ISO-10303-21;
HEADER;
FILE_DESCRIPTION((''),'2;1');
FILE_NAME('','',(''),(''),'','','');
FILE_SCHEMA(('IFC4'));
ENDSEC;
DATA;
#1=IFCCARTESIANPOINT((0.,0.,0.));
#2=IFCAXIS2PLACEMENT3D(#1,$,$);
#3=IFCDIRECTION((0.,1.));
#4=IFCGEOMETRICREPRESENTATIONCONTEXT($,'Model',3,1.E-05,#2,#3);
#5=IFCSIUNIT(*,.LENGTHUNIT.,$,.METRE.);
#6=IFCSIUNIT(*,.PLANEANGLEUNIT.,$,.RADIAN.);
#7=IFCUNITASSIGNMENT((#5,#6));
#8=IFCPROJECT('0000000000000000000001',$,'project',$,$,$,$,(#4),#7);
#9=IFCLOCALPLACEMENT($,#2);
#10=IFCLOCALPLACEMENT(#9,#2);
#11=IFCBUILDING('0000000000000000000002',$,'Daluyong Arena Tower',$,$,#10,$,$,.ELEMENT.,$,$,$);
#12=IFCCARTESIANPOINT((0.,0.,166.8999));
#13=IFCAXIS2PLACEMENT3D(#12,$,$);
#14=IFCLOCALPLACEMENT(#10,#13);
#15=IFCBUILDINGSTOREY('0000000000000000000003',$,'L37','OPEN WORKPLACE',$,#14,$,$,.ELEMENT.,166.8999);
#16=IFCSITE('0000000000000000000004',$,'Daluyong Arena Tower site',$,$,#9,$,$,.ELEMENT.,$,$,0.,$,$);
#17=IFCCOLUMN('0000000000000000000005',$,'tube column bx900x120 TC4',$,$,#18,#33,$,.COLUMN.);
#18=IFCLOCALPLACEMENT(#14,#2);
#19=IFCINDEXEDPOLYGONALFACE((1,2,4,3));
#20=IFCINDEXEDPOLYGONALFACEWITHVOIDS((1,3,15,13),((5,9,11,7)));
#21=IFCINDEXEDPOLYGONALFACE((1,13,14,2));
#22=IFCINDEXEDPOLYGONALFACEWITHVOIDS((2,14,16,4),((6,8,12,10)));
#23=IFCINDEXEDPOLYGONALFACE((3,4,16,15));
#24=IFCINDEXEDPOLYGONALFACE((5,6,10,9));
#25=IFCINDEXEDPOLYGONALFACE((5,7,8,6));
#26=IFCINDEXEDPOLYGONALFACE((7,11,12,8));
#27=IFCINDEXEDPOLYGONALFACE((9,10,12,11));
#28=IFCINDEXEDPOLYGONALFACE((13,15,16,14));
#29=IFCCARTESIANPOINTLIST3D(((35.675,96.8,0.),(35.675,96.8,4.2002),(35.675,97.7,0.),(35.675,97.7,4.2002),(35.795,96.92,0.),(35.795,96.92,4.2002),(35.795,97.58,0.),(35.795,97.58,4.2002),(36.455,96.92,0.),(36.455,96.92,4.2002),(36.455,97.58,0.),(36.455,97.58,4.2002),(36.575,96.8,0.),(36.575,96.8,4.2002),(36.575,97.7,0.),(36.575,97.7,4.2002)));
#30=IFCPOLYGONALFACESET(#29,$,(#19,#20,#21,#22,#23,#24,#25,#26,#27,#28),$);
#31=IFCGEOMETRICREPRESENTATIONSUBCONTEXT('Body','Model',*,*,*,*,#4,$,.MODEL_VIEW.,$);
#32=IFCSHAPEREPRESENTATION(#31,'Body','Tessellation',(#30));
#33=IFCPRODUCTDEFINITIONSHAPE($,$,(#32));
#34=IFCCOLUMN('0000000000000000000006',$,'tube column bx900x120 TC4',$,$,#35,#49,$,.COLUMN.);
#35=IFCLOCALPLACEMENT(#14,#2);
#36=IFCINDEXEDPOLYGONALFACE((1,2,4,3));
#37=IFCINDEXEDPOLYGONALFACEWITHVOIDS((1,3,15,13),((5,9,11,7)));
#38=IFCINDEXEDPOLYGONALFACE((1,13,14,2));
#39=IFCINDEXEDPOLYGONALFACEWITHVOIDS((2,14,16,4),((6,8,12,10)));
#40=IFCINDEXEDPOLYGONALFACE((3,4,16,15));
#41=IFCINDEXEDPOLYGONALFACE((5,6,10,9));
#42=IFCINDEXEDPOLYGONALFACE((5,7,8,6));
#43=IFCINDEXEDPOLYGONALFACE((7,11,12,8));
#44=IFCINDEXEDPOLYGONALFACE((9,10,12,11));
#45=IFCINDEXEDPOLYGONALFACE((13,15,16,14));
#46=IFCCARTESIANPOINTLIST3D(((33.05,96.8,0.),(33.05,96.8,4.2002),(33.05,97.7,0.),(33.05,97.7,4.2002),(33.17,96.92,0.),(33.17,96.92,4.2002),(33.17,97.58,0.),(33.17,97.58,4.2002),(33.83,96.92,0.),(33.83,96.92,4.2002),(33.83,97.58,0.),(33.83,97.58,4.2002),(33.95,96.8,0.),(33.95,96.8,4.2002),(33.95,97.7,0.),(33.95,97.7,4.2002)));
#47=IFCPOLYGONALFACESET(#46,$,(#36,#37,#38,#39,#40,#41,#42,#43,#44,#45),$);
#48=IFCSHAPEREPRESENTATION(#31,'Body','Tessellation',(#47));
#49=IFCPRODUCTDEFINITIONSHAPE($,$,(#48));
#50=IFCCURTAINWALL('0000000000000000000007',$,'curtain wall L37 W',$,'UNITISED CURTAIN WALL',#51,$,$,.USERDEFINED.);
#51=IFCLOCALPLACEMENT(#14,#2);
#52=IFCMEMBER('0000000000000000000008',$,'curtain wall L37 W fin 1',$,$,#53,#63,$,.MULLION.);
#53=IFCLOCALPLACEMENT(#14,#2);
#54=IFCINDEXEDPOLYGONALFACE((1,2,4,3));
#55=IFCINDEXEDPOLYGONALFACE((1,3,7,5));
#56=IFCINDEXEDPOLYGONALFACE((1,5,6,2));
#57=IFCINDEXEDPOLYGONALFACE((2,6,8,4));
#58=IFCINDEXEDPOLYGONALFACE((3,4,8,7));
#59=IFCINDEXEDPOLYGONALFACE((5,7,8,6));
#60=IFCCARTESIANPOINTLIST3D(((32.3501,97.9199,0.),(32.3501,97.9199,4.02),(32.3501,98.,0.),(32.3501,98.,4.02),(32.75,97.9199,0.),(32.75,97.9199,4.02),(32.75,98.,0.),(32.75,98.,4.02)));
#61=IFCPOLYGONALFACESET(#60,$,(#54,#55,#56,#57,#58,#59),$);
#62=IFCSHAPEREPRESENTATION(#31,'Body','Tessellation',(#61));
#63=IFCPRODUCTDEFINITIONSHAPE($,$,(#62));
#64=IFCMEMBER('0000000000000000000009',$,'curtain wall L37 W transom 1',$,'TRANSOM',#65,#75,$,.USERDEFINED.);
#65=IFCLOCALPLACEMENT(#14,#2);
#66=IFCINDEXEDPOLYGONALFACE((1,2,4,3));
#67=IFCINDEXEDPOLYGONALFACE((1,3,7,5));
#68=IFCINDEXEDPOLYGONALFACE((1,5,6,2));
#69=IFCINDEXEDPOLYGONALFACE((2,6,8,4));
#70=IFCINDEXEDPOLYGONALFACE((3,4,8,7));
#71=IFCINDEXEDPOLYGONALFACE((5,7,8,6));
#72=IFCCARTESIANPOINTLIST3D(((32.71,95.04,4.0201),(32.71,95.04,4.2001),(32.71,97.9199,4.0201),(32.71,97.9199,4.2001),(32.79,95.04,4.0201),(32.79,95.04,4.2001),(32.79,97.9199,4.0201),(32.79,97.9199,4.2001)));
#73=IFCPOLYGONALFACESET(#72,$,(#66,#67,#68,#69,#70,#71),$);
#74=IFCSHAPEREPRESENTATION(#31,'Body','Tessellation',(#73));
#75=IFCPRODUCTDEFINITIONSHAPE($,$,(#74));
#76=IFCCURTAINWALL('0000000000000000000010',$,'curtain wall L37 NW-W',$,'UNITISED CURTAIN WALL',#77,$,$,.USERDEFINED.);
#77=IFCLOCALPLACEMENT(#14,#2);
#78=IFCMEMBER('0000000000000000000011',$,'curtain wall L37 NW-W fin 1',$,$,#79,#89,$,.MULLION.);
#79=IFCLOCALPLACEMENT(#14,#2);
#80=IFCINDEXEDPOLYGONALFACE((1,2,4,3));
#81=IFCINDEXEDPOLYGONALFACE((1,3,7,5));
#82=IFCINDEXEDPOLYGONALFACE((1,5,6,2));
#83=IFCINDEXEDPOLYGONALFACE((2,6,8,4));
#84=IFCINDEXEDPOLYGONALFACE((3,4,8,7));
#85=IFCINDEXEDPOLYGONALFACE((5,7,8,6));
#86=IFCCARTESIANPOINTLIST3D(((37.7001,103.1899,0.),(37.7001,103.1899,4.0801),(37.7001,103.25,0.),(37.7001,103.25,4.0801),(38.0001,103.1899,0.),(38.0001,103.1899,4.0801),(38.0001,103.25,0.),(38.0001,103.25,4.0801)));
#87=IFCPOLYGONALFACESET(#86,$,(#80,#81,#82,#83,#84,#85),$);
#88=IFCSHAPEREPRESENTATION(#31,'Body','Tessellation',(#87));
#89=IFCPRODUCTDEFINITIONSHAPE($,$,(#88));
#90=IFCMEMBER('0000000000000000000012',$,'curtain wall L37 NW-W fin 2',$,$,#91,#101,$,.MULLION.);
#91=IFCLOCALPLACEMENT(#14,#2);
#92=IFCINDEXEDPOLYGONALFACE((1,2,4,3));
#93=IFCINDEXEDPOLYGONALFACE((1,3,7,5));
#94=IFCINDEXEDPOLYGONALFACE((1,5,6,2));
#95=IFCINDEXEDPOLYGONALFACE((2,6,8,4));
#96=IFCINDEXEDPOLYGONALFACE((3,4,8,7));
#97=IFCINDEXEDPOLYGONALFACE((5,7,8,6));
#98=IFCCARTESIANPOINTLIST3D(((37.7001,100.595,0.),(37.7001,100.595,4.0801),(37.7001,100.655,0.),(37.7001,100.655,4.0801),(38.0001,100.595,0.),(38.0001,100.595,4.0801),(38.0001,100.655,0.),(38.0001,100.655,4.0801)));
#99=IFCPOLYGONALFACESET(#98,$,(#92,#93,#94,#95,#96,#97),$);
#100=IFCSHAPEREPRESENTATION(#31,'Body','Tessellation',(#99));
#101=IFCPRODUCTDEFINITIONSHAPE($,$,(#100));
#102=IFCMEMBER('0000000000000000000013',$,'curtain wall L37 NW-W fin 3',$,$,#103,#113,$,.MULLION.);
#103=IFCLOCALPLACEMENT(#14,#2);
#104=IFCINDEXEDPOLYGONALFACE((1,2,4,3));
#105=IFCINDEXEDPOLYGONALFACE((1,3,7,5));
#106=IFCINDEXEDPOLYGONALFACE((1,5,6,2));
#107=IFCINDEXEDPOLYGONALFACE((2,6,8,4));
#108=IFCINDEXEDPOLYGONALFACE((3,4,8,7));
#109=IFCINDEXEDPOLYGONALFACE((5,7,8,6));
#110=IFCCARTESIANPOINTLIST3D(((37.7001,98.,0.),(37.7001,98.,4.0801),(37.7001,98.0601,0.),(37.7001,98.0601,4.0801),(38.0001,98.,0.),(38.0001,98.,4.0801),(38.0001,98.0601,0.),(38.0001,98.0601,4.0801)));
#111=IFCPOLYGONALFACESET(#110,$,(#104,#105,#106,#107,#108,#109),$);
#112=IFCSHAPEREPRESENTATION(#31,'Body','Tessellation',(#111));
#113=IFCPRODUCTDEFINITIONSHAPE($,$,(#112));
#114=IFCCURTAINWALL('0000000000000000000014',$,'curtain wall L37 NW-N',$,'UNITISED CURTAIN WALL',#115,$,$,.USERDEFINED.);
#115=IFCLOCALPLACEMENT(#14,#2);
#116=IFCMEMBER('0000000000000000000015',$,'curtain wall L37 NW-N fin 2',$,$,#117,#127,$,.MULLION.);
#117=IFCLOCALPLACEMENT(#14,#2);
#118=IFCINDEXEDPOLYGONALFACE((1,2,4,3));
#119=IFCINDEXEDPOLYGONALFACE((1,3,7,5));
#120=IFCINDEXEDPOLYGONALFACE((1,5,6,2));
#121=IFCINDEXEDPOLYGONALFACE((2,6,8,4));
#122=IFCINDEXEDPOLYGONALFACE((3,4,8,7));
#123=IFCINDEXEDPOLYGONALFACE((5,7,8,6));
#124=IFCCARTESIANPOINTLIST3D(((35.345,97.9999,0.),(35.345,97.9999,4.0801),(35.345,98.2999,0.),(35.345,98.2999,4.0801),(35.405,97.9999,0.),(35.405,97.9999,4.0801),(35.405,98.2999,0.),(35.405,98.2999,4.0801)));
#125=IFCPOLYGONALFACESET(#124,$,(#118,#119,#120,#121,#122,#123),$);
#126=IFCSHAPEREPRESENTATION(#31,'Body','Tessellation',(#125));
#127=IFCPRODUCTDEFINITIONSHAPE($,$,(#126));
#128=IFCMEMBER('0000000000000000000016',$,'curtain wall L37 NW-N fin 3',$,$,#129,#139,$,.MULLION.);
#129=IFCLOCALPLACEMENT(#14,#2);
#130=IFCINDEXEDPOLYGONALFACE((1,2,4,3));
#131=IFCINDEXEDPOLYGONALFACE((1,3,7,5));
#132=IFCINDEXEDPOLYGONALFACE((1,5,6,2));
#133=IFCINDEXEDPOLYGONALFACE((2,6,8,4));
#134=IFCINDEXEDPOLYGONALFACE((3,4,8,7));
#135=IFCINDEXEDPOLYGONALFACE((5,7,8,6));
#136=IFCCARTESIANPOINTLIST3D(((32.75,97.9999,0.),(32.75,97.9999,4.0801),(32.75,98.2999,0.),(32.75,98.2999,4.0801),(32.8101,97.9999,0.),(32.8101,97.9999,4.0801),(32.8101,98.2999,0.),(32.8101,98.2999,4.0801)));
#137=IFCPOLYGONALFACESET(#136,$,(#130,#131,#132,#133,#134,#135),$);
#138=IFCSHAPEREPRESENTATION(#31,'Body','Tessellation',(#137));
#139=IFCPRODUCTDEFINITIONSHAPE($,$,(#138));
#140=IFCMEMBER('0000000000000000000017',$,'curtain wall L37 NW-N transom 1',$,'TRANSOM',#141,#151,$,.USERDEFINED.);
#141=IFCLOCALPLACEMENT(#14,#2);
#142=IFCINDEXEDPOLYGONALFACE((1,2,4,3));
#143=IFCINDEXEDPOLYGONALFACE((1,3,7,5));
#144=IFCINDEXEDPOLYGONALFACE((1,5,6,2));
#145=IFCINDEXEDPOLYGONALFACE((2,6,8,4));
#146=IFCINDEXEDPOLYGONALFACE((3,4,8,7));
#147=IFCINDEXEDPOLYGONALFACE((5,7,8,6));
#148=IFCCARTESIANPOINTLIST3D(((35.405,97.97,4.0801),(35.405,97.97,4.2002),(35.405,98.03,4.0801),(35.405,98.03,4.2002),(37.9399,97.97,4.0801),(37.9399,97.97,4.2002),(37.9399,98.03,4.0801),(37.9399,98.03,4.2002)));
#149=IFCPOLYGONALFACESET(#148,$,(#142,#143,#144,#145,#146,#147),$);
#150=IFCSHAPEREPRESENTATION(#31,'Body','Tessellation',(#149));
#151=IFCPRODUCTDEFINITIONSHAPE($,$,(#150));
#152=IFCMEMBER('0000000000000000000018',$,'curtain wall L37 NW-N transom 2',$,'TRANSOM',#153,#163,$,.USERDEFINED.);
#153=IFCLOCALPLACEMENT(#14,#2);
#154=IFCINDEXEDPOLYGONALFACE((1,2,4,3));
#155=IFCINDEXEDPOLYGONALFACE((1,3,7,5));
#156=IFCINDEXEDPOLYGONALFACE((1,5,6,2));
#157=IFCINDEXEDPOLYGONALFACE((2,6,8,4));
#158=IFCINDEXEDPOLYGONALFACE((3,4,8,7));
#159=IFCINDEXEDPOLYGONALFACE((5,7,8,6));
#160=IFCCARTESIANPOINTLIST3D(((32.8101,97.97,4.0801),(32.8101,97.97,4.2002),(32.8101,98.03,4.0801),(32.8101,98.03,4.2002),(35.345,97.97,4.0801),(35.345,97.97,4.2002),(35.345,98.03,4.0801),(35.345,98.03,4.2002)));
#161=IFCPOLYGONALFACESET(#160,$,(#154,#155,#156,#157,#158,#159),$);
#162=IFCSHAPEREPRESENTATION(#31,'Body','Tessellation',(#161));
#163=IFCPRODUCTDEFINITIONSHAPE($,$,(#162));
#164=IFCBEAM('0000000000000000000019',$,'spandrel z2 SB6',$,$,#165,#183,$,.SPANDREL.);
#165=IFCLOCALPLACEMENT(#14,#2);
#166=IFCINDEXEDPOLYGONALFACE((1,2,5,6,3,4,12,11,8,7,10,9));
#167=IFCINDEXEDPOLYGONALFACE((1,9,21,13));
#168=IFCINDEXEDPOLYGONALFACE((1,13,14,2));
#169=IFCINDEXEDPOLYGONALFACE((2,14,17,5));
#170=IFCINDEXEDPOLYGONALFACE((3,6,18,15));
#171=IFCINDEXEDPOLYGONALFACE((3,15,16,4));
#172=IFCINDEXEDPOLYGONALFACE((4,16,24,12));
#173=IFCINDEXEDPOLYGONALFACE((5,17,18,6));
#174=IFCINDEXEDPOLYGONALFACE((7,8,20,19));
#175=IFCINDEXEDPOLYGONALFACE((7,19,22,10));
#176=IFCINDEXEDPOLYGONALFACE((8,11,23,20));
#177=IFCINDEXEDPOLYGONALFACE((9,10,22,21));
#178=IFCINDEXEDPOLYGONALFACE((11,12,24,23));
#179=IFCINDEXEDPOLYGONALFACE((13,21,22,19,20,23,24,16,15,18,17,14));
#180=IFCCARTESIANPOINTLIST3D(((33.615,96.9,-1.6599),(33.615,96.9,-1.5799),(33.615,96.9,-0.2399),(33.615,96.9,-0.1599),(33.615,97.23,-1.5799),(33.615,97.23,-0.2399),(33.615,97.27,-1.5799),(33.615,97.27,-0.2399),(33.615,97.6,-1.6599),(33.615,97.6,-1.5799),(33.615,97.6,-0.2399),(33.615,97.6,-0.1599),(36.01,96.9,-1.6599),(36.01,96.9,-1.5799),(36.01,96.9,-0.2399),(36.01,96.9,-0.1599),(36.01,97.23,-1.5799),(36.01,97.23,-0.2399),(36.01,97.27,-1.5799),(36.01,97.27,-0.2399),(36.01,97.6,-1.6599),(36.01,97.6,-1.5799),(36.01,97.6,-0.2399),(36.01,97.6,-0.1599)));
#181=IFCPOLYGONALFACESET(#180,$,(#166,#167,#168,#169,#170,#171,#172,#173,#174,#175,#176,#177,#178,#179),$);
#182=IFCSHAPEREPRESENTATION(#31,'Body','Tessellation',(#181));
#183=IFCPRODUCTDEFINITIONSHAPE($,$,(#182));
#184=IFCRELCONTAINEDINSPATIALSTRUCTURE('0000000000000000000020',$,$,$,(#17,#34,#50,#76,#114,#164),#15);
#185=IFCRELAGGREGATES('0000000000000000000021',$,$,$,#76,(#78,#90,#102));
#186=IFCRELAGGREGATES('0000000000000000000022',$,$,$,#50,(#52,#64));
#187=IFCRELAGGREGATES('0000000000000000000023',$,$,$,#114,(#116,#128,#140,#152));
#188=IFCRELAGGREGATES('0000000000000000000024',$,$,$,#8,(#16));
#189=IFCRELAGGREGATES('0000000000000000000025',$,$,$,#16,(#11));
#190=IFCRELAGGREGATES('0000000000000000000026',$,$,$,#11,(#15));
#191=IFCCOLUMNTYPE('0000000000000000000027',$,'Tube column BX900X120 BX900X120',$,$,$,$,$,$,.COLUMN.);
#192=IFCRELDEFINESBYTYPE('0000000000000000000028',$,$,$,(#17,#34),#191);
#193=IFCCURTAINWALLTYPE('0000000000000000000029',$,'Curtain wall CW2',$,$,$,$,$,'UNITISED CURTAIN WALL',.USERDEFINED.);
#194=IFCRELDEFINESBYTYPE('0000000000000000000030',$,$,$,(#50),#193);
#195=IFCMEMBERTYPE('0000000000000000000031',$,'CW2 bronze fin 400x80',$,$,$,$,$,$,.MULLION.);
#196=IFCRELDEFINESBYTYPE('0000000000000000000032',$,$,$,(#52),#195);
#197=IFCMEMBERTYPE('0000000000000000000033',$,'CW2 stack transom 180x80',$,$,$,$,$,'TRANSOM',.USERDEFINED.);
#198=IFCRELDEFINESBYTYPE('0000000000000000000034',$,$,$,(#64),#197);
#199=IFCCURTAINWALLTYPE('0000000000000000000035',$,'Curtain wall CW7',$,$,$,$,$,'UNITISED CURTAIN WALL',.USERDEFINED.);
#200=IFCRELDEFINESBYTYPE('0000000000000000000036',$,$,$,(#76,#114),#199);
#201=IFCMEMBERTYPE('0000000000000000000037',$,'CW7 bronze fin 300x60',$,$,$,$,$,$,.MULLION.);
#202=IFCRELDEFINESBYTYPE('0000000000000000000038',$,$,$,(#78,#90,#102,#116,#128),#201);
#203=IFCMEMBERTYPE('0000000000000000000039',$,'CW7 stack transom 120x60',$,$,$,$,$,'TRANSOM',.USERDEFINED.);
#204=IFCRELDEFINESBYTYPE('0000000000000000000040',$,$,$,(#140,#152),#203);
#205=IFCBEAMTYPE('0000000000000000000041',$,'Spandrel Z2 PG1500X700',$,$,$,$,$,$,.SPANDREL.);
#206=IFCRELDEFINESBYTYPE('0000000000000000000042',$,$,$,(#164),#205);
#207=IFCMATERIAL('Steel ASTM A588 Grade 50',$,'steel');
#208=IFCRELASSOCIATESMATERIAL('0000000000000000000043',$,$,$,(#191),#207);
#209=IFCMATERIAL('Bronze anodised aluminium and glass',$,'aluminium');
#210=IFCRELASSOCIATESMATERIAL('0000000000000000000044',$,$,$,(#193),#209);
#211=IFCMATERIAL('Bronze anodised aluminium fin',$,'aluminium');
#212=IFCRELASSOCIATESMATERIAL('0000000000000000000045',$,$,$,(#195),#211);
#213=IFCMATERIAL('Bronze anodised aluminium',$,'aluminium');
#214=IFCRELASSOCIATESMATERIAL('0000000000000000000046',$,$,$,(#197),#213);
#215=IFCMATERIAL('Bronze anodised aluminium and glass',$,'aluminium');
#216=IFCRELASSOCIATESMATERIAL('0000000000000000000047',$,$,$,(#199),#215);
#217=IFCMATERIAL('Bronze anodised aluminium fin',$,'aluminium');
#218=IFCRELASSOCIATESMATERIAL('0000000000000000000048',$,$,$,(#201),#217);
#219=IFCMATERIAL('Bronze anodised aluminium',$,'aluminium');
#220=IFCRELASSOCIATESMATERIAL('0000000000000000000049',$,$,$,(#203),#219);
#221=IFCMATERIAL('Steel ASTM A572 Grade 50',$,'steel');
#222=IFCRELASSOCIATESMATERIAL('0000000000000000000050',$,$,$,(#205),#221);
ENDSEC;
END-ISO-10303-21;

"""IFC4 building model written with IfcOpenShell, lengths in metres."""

from ifc_helpers import new_model, si_unit, direction, frame, origin, origin_2d, place, context, subcontext, project, spatial, rectangle, hollow_rectangle, i_section, extrude, material, material_profile, profile_set, type_object, element, aggregate, save


model = new_model("IFC4")

# Units and contexts
model_context = context("Model", 3, precision=1e-05, world=origin(), true_north=direction((0.0, 1.0)))
body_context = subcontext(model_context, "Body", "Model", "MODEL_VIEW")
ifc_project = project(units=[si_unit("LENGTHUNIT", "METRE"), si_unit("PLANEANGLEUNIT", "RADIAN")], contexts=[model_context])

# Site, building, storey
site_placement = place(None, origin())
site = spatial("IfcSite", under=ifc_project, at=site_placement, Name="Daluyong Arena Tower site", CompositionType="ELEMENT", RefElevation=0.0)
building_placement = place(site_placement, origin())
building = spatial("IfcBuilding", under=site, at=building_placement, Name="Daluyong Arena Tower", CompositionType="ELEMENT")
storey_placement = place(building_placement, frame((0.0, 0.0, 166.8999)))
storey = spatial("IfcBuildingStorey", under=building, at=storey_placement, Name="L37", Description="OPEN WORKPLACE", CompositionType="ELEMENT", Elevation=166.8999)

# Columns
ifc_material_1 = material(Name="Steel ASTM A588 Grade 50", Category="steel")
ifc_material_profile_1 = material_profile(ifc_material_1, hollow_rectangle(XDim=0.8999, YDim=0.8999, WallThickness=0.12, at=origin_2d()))
ifc_profile_set_1 = profile_set([ifc_material_profile_1], Name="Steel ASTM A588 Grade 50")
column_type = type_object("IfcColumnType", Name="Tube column BX900X120 BX900X120", PredefinedType="COLUMN", material=ifc_profile_set_1)
for number, where, z_axis, x_axis, name in (
    (1, (36.125, 97.25, 0.0), (0.0, 0.0, 1.0), (1.0, 0.0, 0.0), "tube column bx900x120 TC4"),
    (2, (33.5, 97.25, 0.0), (0.0, 0.0, 1.0), (0.0, 1.0, 0.0), "tube column bx900x120 TC4"),
):
    element("IfcColumn", number, at=place(storey_placement, frame(where, z_axis=z_axis, x_axis=x_axis)), inside=storey, type_object=column_type, Name=name, PredefinedType="COLUMN", context=body_context, shape_type="SweptSolid", body=[
        extrude(hollow_rectangle(XDim=0.8999, YDim=0.8999, WallThickness=0.12, at=origin_2d()), origin(), (0.0, 0.0, 1.0), 4.2002),
    ])

# Curtain walls, members
ifc_material_2 = material(Name="Bronze anodised aluminium and glass", Category="aluminium")
curtain_wall_type_1 = type_object("IfcCurtainWallType", Name="Curtain wall CW2", ElementType="UNITISED CURTAIN WALL", PredefinedType="USERDEFINED", material=ifc_material_2)
curtain_wall_1_placement = place(storey_placement, origin())
curtain_wall_1 = element("IfcCurtainWall", 3, at=curtain_wall_1_placement, inside=storey, type_object=curtain_wall_type_1, Name="curtain wall L37 W", ObjectType="UNITISED CURTAIN WALL", PredefinedType="USERDEFINED")
ifc_material_3 = material(Name="Bronze anodised aluminium fin", Category="aluminium")
ifc_material_profile_2 = material_profile(ifc_material_3, rectangle(XDim=0.3999, YDim=0.0801, at=origin_2d()))
ifc_profile_set_2 = profile_set([ifc_material_profile_2], Name="Bronze anodised aluminium fin")
member_type_1 = type_object("IfcMemberType", Name="CW2 bronze fin 400x80", PredefinedType="MULLION", material=ifc_profile_set_2)
member_1_placement = place(storey_placement, frame((32.55, 97.96, 0.0), z_axis=(0.0, 0.0, 1.0), x_axis=(1.0, 0.0, 0.0)))
member_1 = element("IfcMember", 4, at=member_1_placement, type_object=member_type_1, Name="curtain wall L37 W fin 1", PredefinedType="MULLION", context=body_context, shape_type="SweptSolid", body=[
    extrude(rectangle(XDim=0.3999, YDim=0.0801, at=origin_2d()), origin(), (0.0, 0.0, 1.0), 4.02),
])
ifc_material_4 = material(Name="Bronze anodised aluminium", Category="aluminium")
ifc_material_profile_3 = material_profile(ifc_material_4, rectangle(XDim=0.0801, YDim=0.1799, at=origin_2d()))
ifc_profile_set_3 = profile_set([ifc_material_profile_3], Name="Bronze anodised aluminium")
member_type_2 = type_object("IfcMemberType", Name="CW2 stack transom 180x80", ElementType="TRANSOM", PredefinedType="USERDEFINED", material=ifc_profile_set_3)
member_2_placement = place(storey_placement, frame((32.75, 97.9199, 4.1101), z_axis=(0.0, -1.0, 0.0), x_axis=(1.0, 0.0, 0.0)))
member_2 = element("IfcMember", 5, at=member_2_placement, type_object=member_type_2, Name="curtain wall L37 W transom 1", ObjectType="TRANSOM", PredefinedType="USERDEFINED", context=body_context, shape_type="SweptSolid", body=[
    extrude(rectangle(XDim=0.0801, YDim=0.1799, at=origin_2d()), origin(), (0.0, 0.0, 1.0), 2.8799),
])
ifc_material_5 = material(Name="Bronze anodised aluminium and glass", Category="aluminium")
curtain_wall_type_2 = type_object("IfcCurtainWallType", Name="Curtain wall CW7", ElementType="UNITISED CURTAIN WALL", PredefinedType="USERDEFINED", material=ifc_material_5)
curtain_wall_2_placement = place(storey_placement, origin())
curtain_wall_2 = element("IfcCurtainWall", 6, at=curtain_wall_2_placement, inside=storey, type_object=curtain_wall_type_2, Name="curtain wall L37 NW-W", ObjectType="UNITISED CURTAIN WALL", PredefinedType="USERDEFINED")
ifc_material_6 = material(Name="Bronze anodised aluminium fin", Category="aluminium")
ifc_material_profile_4 = material_profile(ifc_material_6, rectangle(XDim=0.3, YDim=0.0601, at=origin_2d()))
ifc_profile_set_4 = profile_set([ifc_material_profile_4], Name="Bronze anodised aluminium fin")
member_type_3 = type_object("IfcMemberType", Name="CW7 bronze fin 300x60", PredefinedType="MULLION", material=ifc_profile_set_4)
member_3_placement = place(storey_placement, frame((37.8501, 103.22, 0.0), z_axis=(0.0, 0.0, 1.0), x_axis=(1.0, 0.0, 0.0)))
member_3 = element("IfcMember", 7, at=member_3_placement, type_object=member_type_3, Name="curtain wall L37 NW-W fin 1", PredefinedType="MULLION", context=body_context, shape_type="SweptSolid", body=[
    extrude(rectangle(XDim=0.3, YDim=0.0601, at=origin_2d()), origin(), (0.0, 0.0, 1.0), 4.0801),
])
member_4_placement = place(storey_placement, frame((37.8501, 100.625, 0.0), z_axis=(0.0, 0.0, 1.0), x_axis=(1.0, 0.0, 0.0)))
member_4 = element("IfcMember", 8, at=member_4_placement, type_object=member_type_3, Name="curtain wall L37 NW-W fin 2", PredefinedType="MULLION", context=body_context, shape_type="SweptSolid", body=[
    extrude(rectangle(XDim=0.3, YDim=0.0601, at=origin_2d()), origin(), (0.0, 0.0, 1.0), 4.0801),
])
member_5_placement = place(storey_placement, frame((37.8501, 98.03, 0.0), z_axis=(0.0, 0.0, 1.0), x_axis=(1.0, 0.0, 0.0)))
member_5 = element("IfcMember", 9, at=member_5_placement, type_object=member_type_3, Name="curtain wall L37 NW-W fin 3", PredefinedType="MULLION", context=body_context, shape_type="SweptSolid", body=[
    extrude(rectangle(XDim=0.3, YDim=0.0601, at=origin_2d()), origin(), (0.0, 0.0, 1.0), 4.0801),
])
aggregate(curtain_wall_2, [member_3, member_4, member_5])
curtain_wall_3_placement = place(storey_placement, origin())
curtain_wall_3 = element("IfcCurtainWall", 10, at=curtain_wall_3_placement, inside=storey, type_object=curtain_wall_type_2, Name="curtain wall L37 NW-N", ObjectType="UNITISED CURTAIN WALL", PredefinedType="USERDEFINED")
member_6_placement = place(storey_placement, frame((35.375, 98.1499, 0.0), z_axis=(0.0, 0.0, 1.0), x_axis=(0.0, -1.0, 0.0)))
member_6 = element("IfcMember", 11, at=member_6_placement, type_object=member_type_3, Name="curtain wall L37 NW-N fin 2", PredefinedType="MULLION", context=body_context, shape_type="SweptSolid", body=[
    extrude(rectangle(XDim=0.3, YDim=0.0601, at=origin_2d()), origin(), (0.0, 0.0, 1.0), 4.0801),
])
member_7_placement = place(storey_placement, frame((32.78, 98.1499, 0.0), z_axis=(0.0, 0.0, 1.0), x_axis=(0.0, -1.0, 0.0)))
member_7 = element("IfcMember", 12, at=member_7_placement, type_object=member_type_3, Name="curtain wall L37 NW-N fin 3", PredefinedType="MULLION", context=body_context, shape_type="SweptSolid", body=[
    extrude(rectangle(XDim=0.3, YDim=0.0601, at=origin_2d()), origin(), (0.0, 0.0, 1.0), 4.0801),
])
ifc_material_7 = material(Name="Bronze anodised aluminium", Category="aluminium")
ifc_material_profile_5 = material_profile(ifc_material_7, rectangle(XDim=0.0601, YDim=0.1201, at=origin_2d()))
ifc_profile_set_5 = profile_set([ifc_material_profile_5], Name="Bronze anodised aluminium")
member_type_4 = type_object("IfcMemberType", Name="CW7 stack transom 120x60", ElementType="TRANSOM", PredefinedType="USERDEFINED", material=ifc_profile_set_5)
member_8_placement = place(storey_placement, frame((37.9399, 98.0, 4.1401), z_axis=(-1.0, 0.0, 0.0), x_axis=(0.0, -1.0, 0.0)))
member_8 = element("IfcMember", 13, at=member_8_placement, type_object=member_type_4, Name="curtain wall L37 NW-N transom 1", ObjectType="TRANSOM", PredefinedType="USERDEFINED", context=body_context, shape_type="SweptSolid", body=[
    extrude(rectangle(XDim=0.0601, YDim=0.1201, at=origin_2d()), origin(), (0.0, 0.0, 1.0), 2.5349),
])
member_9_placement = place(storey_placement, frame((35.345, 98.0, 4.1401), z_axis=(-1.0, 0.0, 0.0), x_axis=(0.0, -1.0, 0.0)))
member_9 = element("IfcMember", 14, at=member_9_placement, type_object=member_type_4, Name="curtain wall L37 NW-N transom 2", ObjectType="TRANSOM", PredefinedType="USERDEFINED", context=body_context, shape_type="SweptSolid", body=[
    extrude(rectangle(XDim=0.0601, YDim=0.1201, at=origin_2d()), origin(), (0.0, 0.0, 1.0), 2.5349),
])

# Beam
ifc_material_8 = material(Name="Steel ASTM A572 Grade 50", Category="steel")
ifc_material_profile_6 = material_profile(ifc_material_8, i_section(OverallWidth=0.7, OverallDepth=1.5, WebThickness=0.04, FlangeThickness=0.08, at=origin_2d()))
ifc_profile_set_6 = profile_set([ifc_material_profile_6], Name="Steel ASTM A572 Grade 50")
beam_type = type_object("IfcBeamType", Name="Spandrel Z2 PG1500X700", PredefinedType="SPANDREL", material=ifc_profile_set_6)
beam_1_placement = place(storey_placement, frame((36.01, 97.25, -0.9099), z_axis=(-1.0, 0.0, 0.0), x_axis=(0.0, -1.0, 0.0)))
element("IfcBeam", 15, at=beam_1_placement, inside=storey, type_object=beam_type, Name="spandrel z2 SB6", PredefinedType="SPANDREL", context=body_context, shape_type="SweptSolid", body=[
    extrude(i_section(OverallWidth=0.7, OverallDepth=1.5, WebThickness=0.04, FlangeThickness=0.08, at=origin_2d()), origin(), (0.0, 0.0, 1.0), 2.395),
])

aggregate(curtain_wall_1, [member_1, member_2])
aggregate(curtain_wall_3, [member_6, member_7, member_8, member_9])

save(model, "model.ifc")
